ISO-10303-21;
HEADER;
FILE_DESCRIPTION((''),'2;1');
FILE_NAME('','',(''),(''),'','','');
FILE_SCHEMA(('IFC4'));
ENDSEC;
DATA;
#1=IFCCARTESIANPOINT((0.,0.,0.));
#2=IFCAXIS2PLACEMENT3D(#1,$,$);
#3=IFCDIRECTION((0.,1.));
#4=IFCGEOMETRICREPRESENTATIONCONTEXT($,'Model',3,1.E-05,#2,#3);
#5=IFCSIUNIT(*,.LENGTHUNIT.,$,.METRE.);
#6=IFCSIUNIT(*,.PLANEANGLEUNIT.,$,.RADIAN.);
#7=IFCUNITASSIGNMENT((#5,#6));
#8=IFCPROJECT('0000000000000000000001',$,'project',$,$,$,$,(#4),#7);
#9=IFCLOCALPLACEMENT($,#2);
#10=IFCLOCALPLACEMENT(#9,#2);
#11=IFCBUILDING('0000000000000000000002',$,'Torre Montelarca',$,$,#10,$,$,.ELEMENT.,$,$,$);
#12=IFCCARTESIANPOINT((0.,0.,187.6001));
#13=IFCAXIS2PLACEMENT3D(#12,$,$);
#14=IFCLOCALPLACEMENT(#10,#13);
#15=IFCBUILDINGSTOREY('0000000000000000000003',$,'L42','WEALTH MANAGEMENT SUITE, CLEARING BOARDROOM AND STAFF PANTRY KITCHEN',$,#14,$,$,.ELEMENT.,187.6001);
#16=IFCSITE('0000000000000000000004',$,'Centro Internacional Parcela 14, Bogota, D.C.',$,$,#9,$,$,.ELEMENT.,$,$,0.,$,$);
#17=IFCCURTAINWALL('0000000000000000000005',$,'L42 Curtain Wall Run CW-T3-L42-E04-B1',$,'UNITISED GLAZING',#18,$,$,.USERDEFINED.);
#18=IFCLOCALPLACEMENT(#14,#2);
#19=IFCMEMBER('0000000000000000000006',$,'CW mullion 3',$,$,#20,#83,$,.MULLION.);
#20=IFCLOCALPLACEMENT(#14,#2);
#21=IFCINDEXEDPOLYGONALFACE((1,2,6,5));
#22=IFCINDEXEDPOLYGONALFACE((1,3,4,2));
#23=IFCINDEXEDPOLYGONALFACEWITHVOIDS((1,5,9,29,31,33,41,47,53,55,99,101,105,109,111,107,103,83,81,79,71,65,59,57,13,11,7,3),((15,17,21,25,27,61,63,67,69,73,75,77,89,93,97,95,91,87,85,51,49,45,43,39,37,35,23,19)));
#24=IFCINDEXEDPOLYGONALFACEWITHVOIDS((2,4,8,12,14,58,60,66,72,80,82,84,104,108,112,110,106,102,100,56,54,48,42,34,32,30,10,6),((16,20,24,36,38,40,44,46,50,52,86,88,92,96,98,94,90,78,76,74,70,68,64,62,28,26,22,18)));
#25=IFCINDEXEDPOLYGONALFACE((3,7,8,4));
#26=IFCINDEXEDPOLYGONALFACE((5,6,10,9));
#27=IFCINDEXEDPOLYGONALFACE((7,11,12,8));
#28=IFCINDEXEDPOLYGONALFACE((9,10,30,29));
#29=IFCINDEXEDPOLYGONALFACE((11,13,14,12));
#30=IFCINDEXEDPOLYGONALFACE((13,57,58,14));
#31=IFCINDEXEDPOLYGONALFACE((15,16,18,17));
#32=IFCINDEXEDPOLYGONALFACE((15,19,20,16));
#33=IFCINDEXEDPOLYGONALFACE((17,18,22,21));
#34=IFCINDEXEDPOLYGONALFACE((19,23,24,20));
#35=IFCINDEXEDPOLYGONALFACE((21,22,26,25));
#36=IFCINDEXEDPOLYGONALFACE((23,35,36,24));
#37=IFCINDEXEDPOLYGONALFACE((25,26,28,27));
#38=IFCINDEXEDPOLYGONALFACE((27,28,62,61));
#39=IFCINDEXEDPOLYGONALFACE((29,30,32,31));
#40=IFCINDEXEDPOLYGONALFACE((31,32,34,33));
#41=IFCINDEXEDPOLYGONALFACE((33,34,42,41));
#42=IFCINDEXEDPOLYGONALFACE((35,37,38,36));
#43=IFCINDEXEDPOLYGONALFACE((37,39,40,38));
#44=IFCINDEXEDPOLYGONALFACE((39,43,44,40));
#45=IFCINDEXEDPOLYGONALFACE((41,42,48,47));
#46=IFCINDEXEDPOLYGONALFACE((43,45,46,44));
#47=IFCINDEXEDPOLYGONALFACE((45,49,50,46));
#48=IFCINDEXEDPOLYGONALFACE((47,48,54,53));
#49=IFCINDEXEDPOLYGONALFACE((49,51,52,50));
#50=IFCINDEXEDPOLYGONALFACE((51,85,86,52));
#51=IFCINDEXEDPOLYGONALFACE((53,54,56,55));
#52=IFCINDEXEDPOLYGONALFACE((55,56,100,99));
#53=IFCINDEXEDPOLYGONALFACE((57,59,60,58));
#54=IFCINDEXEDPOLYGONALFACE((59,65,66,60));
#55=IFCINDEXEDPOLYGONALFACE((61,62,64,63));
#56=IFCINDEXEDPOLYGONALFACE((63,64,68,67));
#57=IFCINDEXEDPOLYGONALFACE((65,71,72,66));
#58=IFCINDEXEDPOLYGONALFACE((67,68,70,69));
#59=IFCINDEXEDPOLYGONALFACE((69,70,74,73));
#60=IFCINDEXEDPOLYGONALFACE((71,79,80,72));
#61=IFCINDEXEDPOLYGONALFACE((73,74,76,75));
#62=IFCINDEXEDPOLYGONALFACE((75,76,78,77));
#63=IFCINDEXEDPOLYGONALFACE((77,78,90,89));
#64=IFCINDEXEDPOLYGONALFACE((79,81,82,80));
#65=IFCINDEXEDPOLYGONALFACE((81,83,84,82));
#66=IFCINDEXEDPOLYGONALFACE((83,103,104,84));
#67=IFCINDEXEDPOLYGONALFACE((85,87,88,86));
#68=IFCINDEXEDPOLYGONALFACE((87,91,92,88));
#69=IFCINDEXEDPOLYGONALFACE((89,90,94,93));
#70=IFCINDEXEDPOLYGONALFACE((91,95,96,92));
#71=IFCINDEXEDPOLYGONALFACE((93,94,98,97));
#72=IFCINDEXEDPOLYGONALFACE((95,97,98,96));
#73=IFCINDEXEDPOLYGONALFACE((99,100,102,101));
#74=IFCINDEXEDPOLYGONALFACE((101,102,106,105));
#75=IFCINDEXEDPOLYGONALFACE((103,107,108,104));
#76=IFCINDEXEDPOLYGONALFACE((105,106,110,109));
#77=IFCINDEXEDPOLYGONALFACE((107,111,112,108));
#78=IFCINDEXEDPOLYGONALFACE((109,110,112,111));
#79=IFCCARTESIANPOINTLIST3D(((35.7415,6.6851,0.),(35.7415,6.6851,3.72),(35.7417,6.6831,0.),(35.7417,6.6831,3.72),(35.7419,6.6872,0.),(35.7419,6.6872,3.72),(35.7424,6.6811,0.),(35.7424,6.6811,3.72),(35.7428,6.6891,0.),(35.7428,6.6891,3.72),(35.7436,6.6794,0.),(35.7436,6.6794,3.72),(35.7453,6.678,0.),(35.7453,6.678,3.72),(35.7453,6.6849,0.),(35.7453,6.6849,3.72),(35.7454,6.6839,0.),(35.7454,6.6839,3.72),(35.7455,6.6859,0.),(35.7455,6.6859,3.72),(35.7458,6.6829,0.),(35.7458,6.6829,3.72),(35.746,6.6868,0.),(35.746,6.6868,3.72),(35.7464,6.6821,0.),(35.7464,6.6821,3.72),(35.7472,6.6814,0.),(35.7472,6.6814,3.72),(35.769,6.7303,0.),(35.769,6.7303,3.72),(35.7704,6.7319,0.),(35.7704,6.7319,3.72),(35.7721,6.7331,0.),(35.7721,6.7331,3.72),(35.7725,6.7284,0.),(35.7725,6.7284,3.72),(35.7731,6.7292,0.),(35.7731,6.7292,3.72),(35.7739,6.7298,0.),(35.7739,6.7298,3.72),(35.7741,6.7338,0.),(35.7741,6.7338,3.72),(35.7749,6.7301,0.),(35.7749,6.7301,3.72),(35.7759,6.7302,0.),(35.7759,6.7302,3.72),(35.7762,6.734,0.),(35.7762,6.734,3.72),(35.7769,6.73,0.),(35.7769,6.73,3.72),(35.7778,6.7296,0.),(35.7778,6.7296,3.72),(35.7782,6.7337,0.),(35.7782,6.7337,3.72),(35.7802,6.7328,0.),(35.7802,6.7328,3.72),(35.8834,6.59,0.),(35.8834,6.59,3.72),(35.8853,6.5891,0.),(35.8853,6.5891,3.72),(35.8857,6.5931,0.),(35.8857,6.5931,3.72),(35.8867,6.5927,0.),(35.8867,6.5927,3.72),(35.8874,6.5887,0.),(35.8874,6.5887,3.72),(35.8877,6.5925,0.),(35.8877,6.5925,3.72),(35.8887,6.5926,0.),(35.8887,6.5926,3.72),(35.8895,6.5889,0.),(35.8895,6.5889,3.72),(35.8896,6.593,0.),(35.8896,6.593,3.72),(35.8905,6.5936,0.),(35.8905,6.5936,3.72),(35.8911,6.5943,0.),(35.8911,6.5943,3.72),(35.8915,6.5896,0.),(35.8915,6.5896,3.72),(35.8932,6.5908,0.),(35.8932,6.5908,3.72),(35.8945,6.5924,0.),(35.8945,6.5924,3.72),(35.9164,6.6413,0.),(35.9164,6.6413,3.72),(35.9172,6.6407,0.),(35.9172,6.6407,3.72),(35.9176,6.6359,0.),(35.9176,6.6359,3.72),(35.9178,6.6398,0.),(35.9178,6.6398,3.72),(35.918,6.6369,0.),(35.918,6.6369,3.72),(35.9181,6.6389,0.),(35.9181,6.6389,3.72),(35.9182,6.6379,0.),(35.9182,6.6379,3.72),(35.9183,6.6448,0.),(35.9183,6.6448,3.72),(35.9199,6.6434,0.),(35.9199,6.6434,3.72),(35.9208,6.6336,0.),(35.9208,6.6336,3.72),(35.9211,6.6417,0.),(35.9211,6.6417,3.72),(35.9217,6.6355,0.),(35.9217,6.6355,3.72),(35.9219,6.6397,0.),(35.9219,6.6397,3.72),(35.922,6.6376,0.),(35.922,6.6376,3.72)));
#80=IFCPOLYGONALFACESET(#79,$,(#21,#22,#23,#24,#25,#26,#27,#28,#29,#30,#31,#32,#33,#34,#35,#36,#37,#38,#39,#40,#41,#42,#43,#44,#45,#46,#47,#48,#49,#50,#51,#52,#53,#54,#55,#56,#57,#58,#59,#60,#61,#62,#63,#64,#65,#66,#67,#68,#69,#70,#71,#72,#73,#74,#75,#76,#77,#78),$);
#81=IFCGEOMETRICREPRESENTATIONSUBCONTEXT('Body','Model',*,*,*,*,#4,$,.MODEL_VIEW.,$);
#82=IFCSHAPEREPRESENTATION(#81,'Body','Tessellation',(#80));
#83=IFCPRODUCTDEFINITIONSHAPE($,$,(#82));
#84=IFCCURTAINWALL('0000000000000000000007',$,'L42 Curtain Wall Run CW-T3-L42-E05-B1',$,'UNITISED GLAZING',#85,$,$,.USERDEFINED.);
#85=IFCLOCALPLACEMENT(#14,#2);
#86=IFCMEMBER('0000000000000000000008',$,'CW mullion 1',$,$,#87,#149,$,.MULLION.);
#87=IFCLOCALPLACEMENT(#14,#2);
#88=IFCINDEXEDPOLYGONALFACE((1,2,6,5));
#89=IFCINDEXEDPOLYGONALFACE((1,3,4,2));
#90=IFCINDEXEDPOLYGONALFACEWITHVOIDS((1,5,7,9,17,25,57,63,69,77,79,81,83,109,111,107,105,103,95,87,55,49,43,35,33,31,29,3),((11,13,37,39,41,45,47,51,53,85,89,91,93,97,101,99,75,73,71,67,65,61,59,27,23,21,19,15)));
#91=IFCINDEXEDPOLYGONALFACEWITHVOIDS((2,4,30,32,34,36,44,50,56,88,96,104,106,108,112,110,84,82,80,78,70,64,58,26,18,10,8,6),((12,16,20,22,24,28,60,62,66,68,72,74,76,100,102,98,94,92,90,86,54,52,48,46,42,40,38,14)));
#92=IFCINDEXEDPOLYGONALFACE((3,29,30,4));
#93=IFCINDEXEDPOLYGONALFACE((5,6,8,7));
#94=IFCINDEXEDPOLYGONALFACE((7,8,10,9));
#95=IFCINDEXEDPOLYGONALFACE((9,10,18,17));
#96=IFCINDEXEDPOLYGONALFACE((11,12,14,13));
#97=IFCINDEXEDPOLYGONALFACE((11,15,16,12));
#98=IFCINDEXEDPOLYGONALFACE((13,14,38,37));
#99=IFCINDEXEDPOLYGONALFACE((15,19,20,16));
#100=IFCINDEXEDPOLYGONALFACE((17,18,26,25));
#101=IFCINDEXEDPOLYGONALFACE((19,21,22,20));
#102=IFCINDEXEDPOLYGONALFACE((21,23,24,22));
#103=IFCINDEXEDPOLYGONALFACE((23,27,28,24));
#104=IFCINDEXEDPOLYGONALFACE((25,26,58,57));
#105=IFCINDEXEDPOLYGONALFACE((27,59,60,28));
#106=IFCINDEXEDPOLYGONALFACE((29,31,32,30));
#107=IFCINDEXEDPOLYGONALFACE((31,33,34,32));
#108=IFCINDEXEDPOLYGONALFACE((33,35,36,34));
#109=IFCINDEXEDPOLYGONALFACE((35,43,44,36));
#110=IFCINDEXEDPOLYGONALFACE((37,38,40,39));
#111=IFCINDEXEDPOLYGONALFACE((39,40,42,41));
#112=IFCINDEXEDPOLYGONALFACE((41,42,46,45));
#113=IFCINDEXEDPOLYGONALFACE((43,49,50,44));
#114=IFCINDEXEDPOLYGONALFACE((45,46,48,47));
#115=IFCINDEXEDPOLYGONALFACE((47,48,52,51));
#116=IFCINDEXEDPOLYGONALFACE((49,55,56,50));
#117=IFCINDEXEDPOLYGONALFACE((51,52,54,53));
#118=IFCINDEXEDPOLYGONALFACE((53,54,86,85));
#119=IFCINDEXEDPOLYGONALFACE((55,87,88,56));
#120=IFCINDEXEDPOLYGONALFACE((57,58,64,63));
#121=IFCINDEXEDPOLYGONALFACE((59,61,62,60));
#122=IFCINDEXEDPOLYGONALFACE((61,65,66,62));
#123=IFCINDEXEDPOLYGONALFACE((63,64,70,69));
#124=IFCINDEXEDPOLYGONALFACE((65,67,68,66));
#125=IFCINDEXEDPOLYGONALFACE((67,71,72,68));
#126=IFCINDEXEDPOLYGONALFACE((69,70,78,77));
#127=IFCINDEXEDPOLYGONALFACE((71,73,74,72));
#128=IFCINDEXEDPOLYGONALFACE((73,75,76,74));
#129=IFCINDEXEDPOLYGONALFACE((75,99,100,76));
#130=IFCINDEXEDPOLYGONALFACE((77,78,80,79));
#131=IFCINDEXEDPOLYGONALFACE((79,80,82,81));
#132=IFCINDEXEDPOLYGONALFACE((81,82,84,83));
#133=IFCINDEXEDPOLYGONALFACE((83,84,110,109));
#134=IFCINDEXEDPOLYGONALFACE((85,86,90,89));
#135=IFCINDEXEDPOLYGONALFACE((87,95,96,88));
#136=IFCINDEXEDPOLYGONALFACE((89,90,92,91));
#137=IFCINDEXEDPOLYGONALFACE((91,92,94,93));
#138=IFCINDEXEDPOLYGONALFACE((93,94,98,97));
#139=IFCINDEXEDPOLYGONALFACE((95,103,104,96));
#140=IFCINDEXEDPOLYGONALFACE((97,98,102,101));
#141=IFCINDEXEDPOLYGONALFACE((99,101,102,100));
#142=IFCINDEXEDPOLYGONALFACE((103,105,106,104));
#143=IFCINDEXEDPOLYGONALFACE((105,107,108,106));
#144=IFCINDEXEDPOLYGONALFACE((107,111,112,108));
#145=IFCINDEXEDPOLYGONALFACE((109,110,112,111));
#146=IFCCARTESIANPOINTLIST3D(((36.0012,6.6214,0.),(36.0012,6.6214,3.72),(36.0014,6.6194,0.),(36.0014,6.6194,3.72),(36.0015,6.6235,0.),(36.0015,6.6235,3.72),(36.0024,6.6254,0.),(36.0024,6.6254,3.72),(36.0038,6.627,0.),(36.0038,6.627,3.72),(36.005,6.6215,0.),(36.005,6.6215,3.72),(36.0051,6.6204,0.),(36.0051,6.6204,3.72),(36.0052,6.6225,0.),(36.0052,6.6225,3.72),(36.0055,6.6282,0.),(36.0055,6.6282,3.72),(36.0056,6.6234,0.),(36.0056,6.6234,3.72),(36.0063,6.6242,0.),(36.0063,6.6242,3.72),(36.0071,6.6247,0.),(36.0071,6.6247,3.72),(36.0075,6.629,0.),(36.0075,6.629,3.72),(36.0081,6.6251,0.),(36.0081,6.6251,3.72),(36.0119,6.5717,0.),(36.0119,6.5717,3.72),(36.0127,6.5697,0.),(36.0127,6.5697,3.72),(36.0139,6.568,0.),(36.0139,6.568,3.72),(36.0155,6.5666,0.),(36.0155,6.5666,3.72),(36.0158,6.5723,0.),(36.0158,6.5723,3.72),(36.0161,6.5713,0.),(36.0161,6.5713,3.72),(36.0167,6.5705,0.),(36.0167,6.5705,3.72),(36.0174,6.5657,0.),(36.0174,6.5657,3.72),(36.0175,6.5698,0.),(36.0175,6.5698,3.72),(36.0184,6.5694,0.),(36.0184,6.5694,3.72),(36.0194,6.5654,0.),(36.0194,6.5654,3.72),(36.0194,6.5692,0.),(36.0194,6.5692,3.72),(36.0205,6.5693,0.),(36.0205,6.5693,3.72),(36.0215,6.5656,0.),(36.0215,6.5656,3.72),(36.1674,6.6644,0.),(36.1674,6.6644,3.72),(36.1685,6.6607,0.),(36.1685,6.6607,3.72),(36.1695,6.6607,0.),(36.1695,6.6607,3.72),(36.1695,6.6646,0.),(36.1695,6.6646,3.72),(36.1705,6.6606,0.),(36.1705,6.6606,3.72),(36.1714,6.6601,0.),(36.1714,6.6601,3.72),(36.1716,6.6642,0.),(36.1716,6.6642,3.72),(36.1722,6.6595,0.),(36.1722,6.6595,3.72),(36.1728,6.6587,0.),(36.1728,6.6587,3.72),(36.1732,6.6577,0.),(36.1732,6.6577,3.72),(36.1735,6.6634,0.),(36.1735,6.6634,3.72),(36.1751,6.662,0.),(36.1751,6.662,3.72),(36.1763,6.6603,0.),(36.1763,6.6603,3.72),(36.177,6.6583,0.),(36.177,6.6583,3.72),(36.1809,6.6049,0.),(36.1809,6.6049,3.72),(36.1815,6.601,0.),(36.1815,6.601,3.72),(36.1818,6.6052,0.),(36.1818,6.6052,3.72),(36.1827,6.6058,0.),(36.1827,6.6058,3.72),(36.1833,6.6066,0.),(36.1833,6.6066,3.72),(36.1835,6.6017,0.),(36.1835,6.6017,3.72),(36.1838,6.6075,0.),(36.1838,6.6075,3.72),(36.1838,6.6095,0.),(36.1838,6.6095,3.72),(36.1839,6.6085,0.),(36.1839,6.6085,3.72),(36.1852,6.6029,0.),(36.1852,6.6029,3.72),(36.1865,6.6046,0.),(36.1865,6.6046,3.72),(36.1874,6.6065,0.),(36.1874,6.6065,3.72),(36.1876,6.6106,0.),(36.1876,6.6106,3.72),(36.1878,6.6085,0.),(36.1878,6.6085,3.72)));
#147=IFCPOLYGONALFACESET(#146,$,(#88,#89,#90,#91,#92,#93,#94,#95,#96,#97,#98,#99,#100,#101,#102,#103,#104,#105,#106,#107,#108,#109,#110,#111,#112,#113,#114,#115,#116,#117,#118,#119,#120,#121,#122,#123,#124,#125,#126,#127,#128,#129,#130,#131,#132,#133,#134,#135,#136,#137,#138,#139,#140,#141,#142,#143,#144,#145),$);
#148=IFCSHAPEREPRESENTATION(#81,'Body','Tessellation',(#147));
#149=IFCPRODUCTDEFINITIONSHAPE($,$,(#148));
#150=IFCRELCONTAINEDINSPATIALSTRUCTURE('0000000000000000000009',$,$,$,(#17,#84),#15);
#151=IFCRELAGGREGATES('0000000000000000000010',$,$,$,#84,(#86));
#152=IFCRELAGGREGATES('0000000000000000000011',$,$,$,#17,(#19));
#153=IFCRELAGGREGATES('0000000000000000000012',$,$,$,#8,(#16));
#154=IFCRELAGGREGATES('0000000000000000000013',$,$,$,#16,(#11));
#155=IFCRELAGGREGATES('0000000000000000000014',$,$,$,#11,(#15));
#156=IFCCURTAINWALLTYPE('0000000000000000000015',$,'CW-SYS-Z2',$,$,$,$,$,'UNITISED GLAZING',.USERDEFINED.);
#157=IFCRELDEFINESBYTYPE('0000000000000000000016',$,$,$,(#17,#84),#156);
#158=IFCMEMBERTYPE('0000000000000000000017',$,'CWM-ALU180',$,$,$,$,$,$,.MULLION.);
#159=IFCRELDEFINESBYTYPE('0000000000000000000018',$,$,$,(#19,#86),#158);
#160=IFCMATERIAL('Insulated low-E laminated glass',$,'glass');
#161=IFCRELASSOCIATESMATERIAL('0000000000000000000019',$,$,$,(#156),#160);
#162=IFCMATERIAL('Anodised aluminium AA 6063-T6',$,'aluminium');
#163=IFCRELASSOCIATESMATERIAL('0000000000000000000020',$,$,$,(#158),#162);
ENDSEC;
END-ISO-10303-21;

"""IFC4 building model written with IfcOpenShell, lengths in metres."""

from ifc_helpers import new_model, si_unit, direction, frame, origin, origin_2d, place, context, subcontext, project, spatial, hollow_rectangle, extrude, source, transform, mapped, material, material_profile, profile_set, type_object, element, aggregate, save


model = new_model("IFC4")

# Units and contexts
model_context = context("Model", 3, precision=1e-05, world=origin(), true_north=direction((0.0, 1.0)))
body_context = subcontext(model_context, "Body", "Model", "MODEL_VIEW")
ifc_project = project(units=[si_unit("LENGTHUNIT", "METRE"), si_unit("PLANEANGLEUNIT", "RADIAN")], contexts=[model_context])

# Site, building, storey
site_placement = place(None, origin())
site = spatial("IfcSite", under=ifc_project, at=site_placement, Name="Centro Internacional Parcela 14, Bogota, D.C.", CompositionType="ELEMENT", RefElevation=0.0)
building_placement = place(site_placement, origin())
building = spatial("IfcBuilding", under=site, at=building_placement, Name="Torre Montelarca", CompositionType="ELEMENT")
storey_placement = place(building_placement, frame((0.0, 0.0, 187.6001)))
storey = spatial("IfcBuildingStorey", under=building, at=storey_placement, Name="L42", Description="WEALTH MANAGEMENT SUITE, CLEARING BOARDROOM AND STAFF PANTRY KITCHEN", CompositionType="ELEMENT", Elevation=187.6001)

# Curtain wall, member
ifc_material_1 = material(Name="Insulated low-E laminated glass", Category="glass")
curtain_wall_type = type_object("IfcCurtainWallType", Name="CW-SYS-Z2", ElementType="UNITISED GLAZING", PredefinedType="USERDEFINED", material=ifc_material_1)
ifc_material_2 = material(Name="Anodised aluminium AA 6063-T6", Category="aluminium")
ifc_material_profile_1 = material_profile(ifc_material_2, hollow_rectangle(XDim=0.0649, YDim=0.1799, WallThickness=0.0039, InnerFilletRadius=0.0039, OuterFilletRadius=0.0081, at=origin_2d()), Name="ALU65X180X4", Category="aluminium")
ifc_profile_set_1 = profile_set([ifc_material_profile_1], Name="Anodised aluminium AA 6063-T6")
member_type_1 = type_object("IfcMemberType", Name="CWM-ALU180", PredefinedType="MULLION", material=ifc_profile_set_1)
shared_shape_1 = source(origin(), body_context, "Body", "SweptSolid", [
    extrude(hollow_rectangle(XDim=0.0649, YDim=0.1799, WallThickness=0.0039, InnerFilletRadius=0.0039, OuterFilletRadius=0.0081, at=origin_2d()), origin(), (0.0, 0.0, 1.0), 3.72),
])
curtain_wall_1_placement = place(storey_placement, origin())
curtain_wall_1 = element("IfcCurtainWall", 1, at=curtain_wall_1_placement, inside=storey, type_object=curtain_wall_type, Name="L42 Curtain Wall Run CW-T3-L42-E04-B1", ObjectType="UNITISED GLAZING", PredefinedType="USERDEFINED")
member_1_placement = place(storey_placement, frame((35.8318, 6.6614, 0.0), z_axis=(0.0, 0.0, 1.0), x_axis=(0.53731, 0.843385, 0.0)))
member_1 = element("IfcMember", 2, at=member_1_placement, type_object=member_type_1, Name="CW mullion 3", PredefinedType="MULLION", context=body_context, shape_type="MappedRepresentation", body=[
    mapped(shared_shape_1, transform((0.0, 0.0, 0.0), scale=1.0)),
])

# Curtain wall, member
curtain_wall_2_placement = place(storey_placement, origin())
curtain_wall_2 = element("IfcCurtainWall", 3, at=curtain_wall_2_placement, inside=storey, type_object=curtain_wall_type, Name="L42 Curtain Wall Run CW-T3-L42-E05-B1", ObjectType="UNITISED GLAZING", PredefinedType="USERDEFINED")
member_2_placement = place(storey_placement, frame((36.0945, 6.615, 0.0), z_axis=(0.0, 0.0, 1.0), x_axis=(-0.216464, 0.976291, 0.0)))
member_2 = element("IfcMember", 4, at=member_2_placement, type_object=member_type_1, Name="CW mullion 1", PredefinedType="MULLION", context=body_context, shape_type="MappedRepresentation", body=[
    mapped(shared_shape_1, transform((0.0, 0.0, 0.0), scale=1.0)),
])
aggregate(curtain_wall_2, [member_2])

aggregate(curtain_wall_1, [member_1])

save(model, "model.ifc")
